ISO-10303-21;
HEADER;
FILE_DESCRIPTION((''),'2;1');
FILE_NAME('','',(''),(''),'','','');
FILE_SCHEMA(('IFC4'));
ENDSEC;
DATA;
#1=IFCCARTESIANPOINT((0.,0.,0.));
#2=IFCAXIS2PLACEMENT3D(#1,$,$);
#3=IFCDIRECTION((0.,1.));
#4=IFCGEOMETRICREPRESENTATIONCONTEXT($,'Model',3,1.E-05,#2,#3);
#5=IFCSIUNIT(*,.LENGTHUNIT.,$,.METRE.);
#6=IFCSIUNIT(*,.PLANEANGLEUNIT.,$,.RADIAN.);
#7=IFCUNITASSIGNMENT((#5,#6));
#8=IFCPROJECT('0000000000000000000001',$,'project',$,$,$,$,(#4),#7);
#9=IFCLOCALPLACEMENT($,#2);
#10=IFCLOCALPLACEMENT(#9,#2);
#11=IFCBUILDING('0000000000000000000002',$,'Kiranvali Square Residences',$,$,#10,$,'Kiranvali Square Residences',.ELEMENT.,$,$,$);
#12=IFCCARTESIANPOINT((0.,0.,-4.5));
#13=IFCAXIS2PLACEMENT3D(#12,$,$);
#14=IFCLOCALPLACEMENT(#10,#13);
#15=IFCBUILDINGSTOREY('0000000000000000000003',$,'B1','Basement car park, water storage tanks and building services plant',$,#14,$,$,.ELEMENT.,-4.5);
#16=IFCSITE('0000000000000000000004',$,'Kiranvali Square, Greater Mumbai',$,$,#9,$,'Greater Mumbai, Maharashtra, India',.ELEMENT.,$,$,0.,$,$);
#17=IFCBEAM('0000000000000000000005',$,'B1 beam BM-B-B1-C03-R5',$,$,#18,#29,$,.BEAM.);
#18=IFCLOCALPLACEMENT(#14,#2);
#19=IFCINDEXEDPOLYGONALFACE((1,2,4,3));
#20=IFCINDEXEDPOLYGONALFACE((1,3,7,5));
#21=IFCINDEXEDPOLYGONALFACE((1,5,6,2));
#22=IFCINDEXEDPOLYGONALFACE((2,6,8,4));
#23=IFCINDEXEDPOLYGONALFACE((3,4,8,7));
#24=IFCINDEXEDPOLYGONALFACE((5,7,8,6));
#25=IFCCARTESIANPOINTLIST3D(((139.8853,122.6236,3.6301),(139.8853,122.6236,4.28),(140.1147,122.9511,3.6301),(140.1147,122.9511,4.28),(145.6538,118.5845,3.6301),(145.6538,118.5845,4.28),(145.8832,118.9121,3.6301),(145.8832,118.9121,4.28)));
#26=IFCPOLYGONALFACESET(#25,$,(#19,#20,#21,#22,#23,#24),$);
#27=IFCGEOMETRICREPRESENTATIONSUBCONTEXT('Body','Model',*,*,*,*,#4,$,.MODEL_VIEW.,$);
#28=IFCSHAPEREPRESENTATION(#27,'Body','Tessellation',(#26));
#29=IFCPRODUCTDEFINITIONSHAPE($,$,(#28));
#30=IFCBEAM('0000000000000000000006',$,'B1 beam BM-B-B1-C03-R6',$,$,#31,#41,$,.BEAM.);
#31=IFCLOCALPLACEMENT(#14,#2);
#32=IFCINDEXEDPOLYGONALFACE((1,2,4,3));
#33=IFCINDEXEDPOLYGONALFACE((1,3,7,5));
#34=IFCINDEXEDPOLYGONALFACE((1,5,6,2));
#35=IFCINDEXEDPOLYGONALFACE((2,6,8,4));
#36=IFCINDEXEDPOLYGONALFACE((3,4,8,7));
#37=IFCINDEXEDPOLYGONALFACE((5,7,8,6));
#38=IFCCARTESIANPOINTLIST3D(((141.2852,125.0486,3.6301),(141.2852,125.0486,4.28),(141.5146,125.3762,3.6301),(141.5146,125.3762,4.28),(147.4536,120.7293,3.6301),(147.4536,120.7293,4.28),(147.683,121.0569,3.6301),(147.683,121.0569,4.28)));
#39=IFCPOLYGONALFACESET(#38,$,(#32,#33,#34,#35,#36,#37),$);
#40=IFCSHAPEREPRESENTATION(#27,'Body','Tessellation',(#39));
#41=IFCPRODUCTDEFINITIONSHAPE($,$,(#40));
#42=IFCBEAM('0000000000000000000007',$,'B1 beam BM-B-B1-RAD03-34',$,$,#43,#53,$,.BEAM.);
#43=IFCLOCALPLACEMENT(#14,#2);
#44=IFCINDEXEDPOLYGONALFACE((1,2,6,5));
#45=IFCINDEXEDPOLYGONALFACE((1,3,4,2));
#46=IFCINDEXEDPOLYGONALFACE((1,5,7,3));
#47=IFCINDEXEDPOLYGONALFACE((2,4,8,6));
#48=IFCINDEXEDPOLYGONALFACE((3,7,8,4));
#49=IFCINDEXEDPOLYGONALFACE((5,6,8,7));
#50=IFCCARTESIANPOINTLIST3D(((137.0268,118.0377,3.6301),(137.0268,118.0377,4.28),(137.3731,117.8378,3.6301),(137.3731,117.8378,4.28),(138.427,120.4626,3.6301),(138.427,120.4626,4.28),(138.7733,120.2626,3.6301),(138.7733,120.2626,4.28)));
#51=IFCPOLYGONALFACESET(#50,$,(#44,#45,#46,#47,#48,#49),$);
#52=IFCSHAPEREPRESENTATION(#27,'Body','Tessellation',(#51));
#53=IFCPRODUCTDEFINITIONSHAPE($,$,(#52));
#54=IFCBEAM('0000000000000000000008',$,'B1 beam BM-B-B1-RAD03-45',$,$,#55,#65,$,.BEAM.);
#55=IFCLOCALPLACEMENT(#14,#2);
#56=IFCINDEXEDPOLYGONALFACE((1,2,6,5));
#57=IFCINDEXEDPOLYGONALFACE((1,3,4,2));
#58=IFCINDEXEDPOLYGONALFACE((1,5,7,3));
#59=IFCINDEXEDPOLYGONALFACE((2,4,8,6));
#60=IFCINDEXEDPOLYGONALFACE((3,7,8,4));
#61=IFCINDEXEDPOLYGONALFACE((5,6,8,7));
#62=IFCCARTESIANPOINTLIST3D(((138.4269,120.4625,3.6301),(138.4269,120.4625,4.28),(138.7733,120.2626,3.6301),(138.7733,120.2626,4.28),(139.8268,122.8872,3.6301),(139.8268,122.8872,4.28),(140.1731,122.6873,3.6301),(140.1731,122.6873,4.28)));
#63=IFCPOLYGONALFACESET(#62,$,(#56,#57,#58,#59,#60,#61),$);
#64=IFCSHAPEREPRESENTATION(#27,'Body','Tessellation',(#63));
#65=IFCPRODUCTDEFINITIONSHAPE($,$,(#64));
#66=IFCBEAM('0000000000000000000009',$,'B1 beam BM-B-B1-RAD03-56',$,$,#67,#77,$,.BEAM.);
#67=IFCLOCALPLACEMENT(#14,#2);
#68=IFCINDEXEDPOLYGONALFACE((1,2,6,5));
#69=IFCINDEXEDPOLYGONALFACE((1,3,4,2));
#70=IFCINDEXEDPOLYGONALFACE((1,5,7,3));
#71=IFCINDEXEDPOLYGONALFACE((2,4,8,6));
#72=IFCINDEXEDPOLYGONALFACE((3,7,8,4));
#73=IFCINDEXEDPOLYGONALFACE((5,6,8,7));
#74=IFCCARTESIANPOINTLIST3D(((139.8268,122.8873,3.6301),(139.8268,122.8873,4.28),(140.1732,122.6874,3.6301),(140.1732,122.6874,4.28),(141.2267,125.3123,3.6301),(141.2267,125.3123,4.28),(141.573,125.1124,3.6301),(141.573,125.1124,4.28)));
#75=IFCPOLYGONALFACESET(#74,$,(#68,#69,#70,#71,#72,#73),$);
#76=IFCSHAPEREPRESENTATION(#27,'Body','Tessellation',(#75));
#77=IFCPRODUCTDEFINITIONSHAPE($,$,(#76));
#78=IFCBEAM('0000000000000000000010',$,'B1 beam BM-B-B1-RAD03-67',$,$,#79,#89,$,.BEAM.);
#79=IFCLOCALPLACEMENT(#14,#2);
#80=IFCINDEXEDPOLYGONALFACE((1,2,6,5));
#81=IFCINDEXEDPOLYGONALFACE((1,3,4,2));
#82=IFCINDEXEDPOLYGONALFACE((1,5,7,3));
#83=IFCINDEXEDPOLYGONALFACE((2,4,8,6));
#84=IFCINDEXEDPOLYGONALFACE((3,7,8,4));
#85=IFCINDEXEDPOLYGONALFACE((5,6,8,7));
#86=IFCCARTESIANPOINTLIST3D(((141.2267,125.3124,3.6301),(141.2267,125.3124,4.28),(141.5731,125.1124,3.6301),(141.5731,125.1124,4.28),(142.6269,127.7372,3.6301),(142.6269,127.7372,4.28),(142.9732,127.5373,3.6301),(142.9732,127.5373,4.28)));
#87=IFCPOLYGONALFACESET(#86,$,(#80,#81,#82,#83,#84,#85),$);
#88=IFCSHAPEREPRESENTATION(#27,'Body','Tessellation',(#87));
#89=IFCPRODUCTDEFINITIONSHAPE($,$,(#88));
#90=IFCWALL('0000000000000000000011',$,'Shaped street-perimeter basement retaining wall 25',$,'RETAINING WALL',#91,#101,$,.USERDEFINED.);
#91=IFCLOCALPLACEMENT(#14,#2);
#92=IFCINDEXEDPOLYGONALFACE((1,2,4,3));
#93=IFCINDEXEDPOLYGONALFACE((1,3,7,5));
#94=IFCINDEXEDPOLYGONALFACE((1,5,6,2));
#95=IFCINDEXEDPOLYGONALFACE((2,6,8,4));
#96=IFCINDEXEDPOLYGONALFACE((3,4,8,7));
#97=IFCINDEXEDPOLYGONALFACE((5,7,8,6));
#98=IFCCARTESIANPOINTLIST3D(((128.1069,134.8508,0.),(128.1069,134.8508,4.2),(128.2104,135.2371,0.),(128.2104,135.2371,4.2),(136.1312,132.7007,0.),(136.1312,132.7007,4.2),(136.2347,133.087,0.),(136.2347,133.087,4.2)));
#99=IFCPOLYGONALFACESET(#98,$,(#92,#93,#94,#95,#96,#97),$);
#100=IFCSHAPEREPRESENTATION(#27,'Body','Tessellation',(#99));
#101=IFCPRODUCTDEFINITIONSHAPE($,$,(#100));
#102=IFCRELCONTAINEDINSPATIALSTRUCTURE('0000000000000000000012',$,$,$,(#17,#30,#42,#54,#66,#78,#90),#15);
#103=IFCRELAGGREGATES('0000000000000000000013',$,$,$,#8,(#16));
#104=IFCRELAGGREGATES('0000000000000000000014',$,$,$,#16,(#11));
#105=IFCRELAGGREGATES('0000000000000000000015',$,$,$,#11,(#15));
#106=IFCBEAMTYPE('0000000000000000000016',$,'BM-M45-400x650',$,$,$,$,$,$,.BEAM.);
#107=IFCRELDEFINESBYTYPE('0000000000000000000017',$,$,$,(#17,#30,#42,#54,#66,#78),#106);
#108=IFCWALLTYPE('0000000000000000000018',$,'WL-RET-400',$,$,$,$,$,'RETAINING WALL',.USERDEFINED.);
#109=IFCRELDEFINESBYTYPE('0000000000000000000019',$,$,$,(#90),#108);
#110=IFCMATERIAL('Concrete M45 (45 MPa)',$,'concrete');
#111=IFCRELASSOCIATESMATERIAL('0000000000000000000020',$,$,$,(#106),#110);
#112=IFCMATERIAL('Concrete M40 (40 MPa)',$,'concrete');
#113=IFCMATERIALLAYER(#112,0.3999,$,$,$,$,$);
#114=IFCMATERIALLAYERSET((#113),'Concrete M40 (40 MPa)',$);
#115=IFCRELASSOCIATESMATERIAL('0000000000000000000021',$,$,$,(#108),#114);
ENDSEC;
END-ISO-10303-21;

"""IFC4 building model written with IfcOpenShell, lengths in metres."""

from ifc_helpers import new_model, si_unit, direction, frame, frame_2d, origin, origin_2d, place, context, subcontext, project, spatial, rectangle, extrude, material, layer, layer_set, material_profile, profile_set, type_object, element, save


model = new_model("IFC4")

# Units and contexts
model_context = context("Model", 3, precision=1e-05, world=origin(), true_north=direction((0.0, 1.0)))
body_context = subcontext(model_context, "Body", "Model", "MODEL_VIEW")
ifc_project = project(units=[si_unit("LENGTHUNIT", "METRE"), si_unit("PLANEANGLEUNIT", "RADIAN")], contexts=[model_context])

# Site, building, storey
site_placement = place(None, origin())
site = spatial("IfcSite", under=ifc_project, at=site_placement, Name="Kiranvali Square, Greater Mumbai", LongName="Greater Mumbai, Maharashtra, India", CompositionType="ELEMENT", RefElevation=0.0)
building_placement = place(site_placement, origin())
building = spatial("IfcBuilding", under=site, at=building_placement, Name="Kiranvali Square Residences", LongName="Kiranvali Square Residences", CompositionType="ELEMENT")
storey_placement = place(building_placement, frame((0.0, 0.0, -4.5)))
storey = spatial("IfcBuildingStorey", under=building, at=storey_placement, Name="B1", Description="Basement car park, water storage tanks and building services plant", CompositionType="ELEMENT", Elevation=-4.5)

# Shared definitions
ifc_material_1 = material(Name="Concrete M40 (40 MPa)", Category="concrete")

# Beams
ifc_material_2 = material(Name="Concrete M45 (45 MPa)", Category="concrete")
ifc_material_profile_1 = material_profile(ifc_material_2, rectangle(XDim=0.3999, YDim=0.6499, at=origin_2d()), Name="RC 400x650")
ifc_profile_set_1 = profile_set([ifc_material_profile_1], Name="Concrete M45 (45 MPa)")
beam_type = type_object("IfcBeamType", Name="BM-M45-400x650", PredefinedType="BEAM", material=ifc_profile_set_1)
beam_1_placement = place(storey_placement, frame((140.0, 122.7874, 3.9551), z_axis=(0.81916, -0.573565, 0.0), x_axis=(0.573565, 0.81916, 0.0)))
element("IfcBeam", 1, at=beam_1_placement, inside=storey, type_object=beam_type, Name="B1 beam BM-B-B1-C03-R5", PredefinedType="BEAM", context=body_context, shape_type="SweptSolid", body=[
    extrude(rectangle(XDim=0.3999, YDim=0.6499, at=origin_2d()), origin(), (0.0, 0.0, 1.0), 7.042),
])
beam_2_placement = place(storey_placement, frame((141.3999, 125.2124, 3.9551), z_axis=(0.819144, -0.573589, 0.0), x_axis=(0.573589, 0.819144, 0.0)))
element("IfcBeam", 2, at=beam_2_placement, inside=storey, type_object=beam_type, Name="B1 beam BM-B-B1-C03-R6", PredefinedType="BEAM", context=body_context, shape_type="SweptSolid", body=[
    extrude(rectangle(XDim=0.3999, YDim=0.6499, at=origin_2d()), origin(), (0.0, 0.0, 1.0), 7.5303),
])
beam_3_placement = place(storey_placement, frame((137.2, 117.9377, 3.9551), z_axis=(0.50005, 0.865997, 0.0), x_axis=(-0.865997, 0.50005, 0.0)))
element("IfcBeam", 3, at=beam_3_placement, inside=storey, type_object=beam_type, Name="B1 beam BM-B-B1-RAD03-34", PredefinedType="BEAM", context=body_context, shape_type="SweptSolid", body=[
    extrude(rectangle(XDim=0.3999, YDim=0.6499, at=origin_2d()), origin(), (0.0, 0.0, 1.0), 2.8),
])
beam_4_placement = place(storey_placement, frame((138.6001, 120.3625, 3.9551), z_axis=(0.499984, 0.866035, 0.0), x_axis=(-0.866035, 0.499984, 0.0)))
element("IfcBeam", 4, at=beam_4_placement, inside=storey, type_object=beam_type, Name="B1 beam BM-B-B1-RAD03-45", PredefinedType="BEAM", context=body_context, shape_type="SweptSolid", body=[
    extrude(rectangle(XDim=0.3999, YDim=0.6499, at=origin_2d()), origin(), (0.0, 0.0, 1.0), 2.7998),
])
for number, where, z_axis, x_axis, name in (
    (5, (140.0, 122.7874, 3.9551), (0.499946, 0.866056, 0.0), (-0.866056, 0.499946, 0.0), "B1 beam BM-B-B1-RAD03-56"),
    (6, (141.3999, 125.2124, 3.9551), (0.50005, 0.865997, 0.0), (-0.865997, 0.50005, 0.0), "B1 beam BM-B-B1-RAD03-67"),
):
    element("IfcBeam", number, at=place(storey_placement, frame(where, z_axis=z_axis, x_axis=x_axis)), inside=storey, type_object=beam_type, Name=name, PredefinedType="BEAM", context=body_context, shape_type="SweptSolid", body=[
        extrude(rectangle(XDim=0.3999, YDim=0.6499, at=origin_2d()), origin(), (0.0, 0.0, 1.0), 2.8),
    ])

# Wall
ifc_layer = layer(ifc_material_1, 0.3999)
ifc_layer_set = layer_set([ifc_layer], Name="Concrete M40 (40 MPa)")
wall_type = type_object("IfcWallType", Name="WL-RET-400", ElementType="RETAINING WALL", PredefinedType="USERDEFINED", material=ifc_layer_set)
wall_placement = place(storey_placement, frame((136.1831, 132.8938, 0.0), z_axis=(0.0, 0.0, 1.0), x_axis=(-0.965925, 0.25882, 0.0)))
element("IfcWall", 7, at=wall_placement, inside=storey, type_object=wall_type, Name="Shaped street-perimeter basement retaining wall 25", ObjectType="RETAINING WALL", PredefinedType="USERDEFINED", context=body_context, shape_type="SweptSolid", body=[
    extrude(rectangle(XDim=8.3074, YDim=0.3999, at=frame_2d((4.1538, 0.0))), origin(), (0.0, 0.0, 1.0), 4.2),
])

save(model, "model.ifc")
